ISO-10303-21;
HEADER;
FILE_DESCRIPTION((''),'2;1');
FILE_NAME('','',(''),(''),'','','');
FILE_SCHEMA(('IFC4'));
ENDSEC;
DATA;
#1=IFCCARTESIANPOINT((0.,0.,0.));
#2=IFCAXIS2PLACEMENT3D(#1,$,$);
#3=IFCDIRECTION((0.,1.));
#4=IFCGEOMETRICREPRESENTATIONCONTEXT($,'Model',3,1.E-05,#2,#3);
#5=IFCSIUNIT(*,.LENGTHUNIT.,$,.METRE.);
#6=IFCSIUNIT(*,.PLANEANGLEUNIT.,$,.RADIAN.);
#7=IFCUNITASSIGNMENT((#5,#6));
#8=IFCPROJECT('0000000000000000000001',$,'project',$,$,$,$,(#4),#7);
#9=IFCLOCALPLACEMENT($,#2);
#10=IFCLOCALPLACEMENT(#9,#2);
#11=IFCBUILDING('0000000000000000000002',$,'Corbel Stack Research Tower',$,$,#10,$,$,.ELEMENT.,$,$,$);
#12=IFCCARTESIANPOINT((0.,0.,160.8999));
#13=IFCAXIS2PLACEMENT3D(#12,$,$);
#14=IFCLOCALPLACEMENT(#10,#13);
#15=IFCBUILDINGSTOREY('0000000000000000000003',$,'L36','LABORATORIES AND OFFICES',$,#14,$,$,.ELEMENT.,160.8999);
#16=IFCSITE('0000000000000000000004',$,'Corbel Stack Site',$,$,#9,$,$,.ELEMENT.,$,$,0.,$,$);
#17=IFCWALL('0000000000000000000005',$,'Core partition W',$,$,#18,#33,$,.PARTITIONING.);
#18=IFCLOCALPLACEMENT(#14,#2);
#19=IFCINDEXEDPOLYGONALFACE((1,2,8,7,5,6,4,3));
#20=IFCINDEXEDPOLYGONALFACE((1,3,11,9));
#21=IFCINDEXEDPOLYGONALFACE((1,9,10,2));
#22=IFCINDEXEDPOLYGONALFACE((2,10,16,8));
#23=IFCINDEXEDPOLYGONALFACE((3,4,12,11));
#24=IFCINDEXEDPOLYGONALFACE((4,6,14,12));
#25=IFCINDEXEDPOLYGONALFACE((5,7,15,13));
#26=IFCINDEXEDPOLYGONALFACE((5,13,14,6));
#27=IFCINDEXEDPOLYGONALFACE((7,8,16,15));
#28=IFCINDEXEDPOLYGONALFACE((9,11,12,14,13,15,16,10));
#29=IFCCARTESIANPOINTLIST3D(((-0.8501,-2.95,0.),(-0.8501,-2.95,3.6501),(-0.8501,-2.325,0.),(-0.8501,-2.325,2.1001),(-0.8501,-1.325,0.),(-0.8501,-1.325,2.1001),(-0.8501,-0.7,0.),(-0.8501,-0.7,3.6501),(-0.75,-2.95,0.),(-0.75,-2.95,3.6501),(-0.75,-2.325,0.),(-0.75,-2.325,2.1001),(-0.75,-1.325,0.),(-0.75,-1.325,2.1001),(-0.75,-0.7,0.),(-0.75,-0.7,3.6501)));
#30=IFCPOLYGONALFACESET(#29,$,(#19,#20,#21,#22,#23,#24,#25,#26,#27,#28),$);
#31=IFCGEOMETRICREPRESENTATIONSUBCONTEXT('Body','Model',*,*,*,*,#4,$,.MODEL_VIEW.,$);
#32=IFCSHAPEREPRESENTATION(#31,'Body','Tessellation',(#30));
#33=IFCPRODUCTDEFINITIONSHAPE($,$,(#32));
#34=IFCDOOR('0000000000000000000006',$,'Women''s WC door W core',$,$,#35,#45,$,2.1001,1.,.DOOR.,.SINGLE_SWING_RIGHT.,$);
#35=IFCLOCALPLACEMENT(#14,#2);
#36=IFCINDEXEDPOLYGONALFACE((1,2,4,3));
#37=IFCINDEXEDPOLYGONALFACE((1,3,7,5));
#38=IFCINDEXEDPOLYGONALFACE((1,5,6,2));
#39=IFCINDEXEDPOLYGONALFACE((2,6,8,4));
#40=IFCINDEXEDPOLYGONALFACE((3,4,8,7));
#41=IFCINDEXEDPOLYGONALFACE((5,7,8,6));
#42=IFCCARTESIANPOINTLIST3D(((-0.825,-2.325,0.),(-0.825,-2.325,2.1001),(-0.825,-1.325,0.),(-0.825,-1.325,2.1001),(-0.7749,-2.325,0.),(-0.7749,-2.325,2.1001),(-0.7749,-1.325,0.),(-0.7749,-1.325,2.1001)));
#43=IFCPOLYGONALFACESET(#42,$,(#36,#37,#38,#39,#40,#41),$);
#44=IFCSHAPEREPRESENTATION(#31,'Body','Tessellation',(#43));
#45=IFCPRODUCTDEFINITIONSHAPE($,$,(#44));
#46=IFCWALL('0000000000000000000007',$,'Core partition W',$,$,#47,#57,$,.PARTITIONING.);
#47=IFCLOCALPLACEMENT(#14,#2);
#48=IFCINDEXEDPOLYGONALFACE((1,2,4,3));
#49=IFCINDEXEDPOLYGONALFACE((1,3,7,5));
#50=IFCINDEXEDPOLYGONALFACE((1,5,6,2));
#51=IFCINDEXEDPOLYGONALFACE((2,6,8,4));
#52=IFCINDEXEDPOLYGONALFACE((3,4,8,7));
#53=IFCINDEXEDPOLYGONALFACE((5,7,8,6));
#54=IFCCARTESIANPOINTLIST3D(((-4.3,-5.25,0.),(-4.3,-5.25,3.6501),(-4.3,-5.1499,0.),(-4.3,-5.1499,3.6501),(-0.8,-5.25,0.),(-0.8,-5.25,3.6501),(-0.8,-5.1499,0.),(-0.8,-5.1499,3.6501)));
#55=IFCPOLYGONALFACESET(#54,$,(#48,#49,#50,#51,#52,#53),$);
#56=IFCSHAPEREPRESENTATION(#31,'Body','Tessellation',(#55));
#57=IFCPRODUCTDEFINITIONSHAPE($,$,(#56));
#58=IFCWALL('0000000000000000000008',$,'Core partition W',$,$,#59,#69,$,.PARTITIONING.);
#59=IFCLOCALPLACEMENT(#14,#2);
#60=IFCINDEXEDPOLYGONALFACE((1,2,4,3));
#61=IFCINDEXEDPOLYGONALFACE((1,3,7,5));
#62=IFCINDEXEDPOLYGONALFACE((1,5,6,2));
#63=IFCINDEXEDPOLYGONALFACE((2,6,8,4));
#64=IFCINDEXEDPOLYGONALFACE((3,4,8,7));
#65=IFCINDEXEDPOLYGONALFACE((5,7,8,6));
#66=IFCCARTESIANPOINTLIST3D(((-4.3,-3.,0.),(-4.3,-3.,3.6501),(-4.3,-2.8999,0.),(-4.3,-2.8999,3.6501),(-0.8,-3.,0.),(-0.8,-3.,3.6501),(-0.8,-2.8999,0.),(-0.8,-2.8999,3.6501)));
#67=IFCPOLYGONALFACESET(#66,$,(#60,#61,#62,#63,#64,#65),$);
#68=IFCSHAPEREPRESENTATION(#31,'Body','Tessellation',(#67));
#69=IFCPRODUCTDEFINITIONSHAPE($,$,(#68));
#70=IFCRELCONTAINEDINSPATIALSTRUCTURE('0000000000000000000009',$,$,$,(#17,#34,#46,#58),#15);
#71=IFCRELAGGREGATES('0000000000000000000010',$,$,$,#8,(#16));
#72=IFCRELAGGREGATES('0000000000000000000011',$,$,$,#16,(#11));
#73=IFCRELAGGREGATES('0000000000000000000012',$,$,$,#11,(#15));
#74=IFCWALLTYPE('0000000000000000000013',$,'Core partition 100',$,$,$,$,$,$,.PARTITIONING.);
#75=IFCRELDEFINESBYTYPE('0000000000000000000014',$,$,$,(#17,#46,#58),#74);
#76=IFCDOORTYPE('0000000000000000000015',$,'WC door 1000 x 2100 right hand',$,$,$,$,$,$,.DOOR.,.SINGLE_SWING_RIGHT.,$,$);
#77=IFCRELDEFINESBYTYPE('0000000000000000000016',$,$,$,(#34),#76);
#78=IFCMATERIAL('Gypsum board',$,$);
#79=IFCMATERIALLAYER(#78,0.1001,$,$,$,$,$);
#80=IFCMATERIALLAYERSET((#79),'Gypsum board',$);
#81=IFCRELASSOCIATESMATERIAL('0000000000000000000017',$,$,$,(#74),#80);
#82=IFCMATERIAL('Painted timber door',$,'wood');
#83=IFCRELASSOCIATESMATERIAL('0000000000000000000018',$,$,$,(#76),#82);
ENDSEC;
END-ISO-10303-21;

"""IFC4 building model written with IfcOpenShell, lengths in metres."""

from ifc_helpers import new_model, si_unit, direction, frame, frame_2d, origin, place, context, subcontext, project, spatial, rectangle, extrude, material, layer, layer_set, type_object, element, fill, save


model = new_model("IFC4")

# Units and contexts
model_context = context("Model", 3, precision=1e-05, world=origin(), true_north=direction((0.0, 1.0)))
body_context = subcontext(model_context, "Body", "Model", "MODEL_VIEW")
ifc_project = project(units=[si_unit("LENGTHUNIT", "METRE"), si_unit("PLANEANGLEUNIT", "RADIAN")], contexts=[model_context])

# Site, building, storey
site_placement = place(None, origin())
site = spatial("IfcSite", under=ifc_project, at=site_placement, Name="Corbel Stack Site", CompositionType="ELEMENT", RefElevation=0.0)
building_placement = place(site_placement, origin())
building = spatial("IfcBuilding", under=site, at=building_placement, Name="Corbel Stack Research Tower", CompositionType="ELEMENT")
storey_placement = place(building_placement, frame((0.0, 0.0, 160.8999)))
storey = spatial("IfcBuildingStorey", under=building, at=storey_placement, Name="L36", Description="LABORATORIES AND OFFICES", CompositionType="ELEMENT", Elevation=160.8999)

# Wall, opening, door
ifc_material_1 = material(Name="Gypsum board")
ifc_layer_1 = layer(ifc_material_1, 0.1001)
ifc_layer_set_1 = layer_set([ifc_layer_1], Name="Gypsum board")
wall_type_1 = type_object("IfcWallType", Name="Core partition 100", PredefinedType="PARTITIONING", material=ifc_layer_set_1)
ifc_material_2 = material(Name="Painted timber door", Category="wood")
door_type_1 = type_object("IfcDoorType", Name="WC door 1000 x 2100 right hand", OperationType="SINGLE_SWING_RIGHT", PredefinedType="DOOR", material=ifc_material_2)
wall_1_placement = place(storey_placement, frame((-0.8, -2.95, 0.0), z_axis=(0.0, 0.0, 1.0), x_axis=(0.0, 1.0, 0.0)))
wall_1 = element("IfcWall", 1, at=wall_1_placement, inside=storey, type_object=wall_type_1, Name="Core partition W", PredefinedType="PARTITIONING", context=body_context, shape_type="SweptSolid", body=[
    extrude(rectangle(XDim=2.25, YDim=0.1001, at=frame_2d((1.125, 0.0))), origin(), (0.0, 0.0, 1.0), 3.6501),
])
opening_1_placement = place(wall_1_placement, frame((0.625, 0.0, 0.0)))
opening_1 = element("IfcOpeningElement", 2, at=opening_1_placement, cuts=wall_1, PredefinedType="OPENING", context=body_context, shape_type="SweptSolid", body=[
    extrude(rectangle(XDim=1.0, YDim=2.1001, at=frame_2d((0.5, 1.05))), frame((0.0, 0.0601, 0.0), z_axis=(0.0, -1.0, 0.0), x_axis=(1.0, 0.0, 0.0)), (0.0, 0.0, 1.0), 0.1201),
])
door_1_placement = place(opening_1_placement, origin())
door_1 = element("IfcDoor", 3, at=door_1_placement, inside=storey, type_object=door_type_1, Name="Women's WC door W core", OperationType="SINGLE_SWING_RIGHT", OverallHeight=2.1001, OverallWidth=1.0, PredefinedType="DOOR", context=body_context, shape_type="SweptSolid", body=[
    extrude(rectangle(XDim=1.0, YDim=2.1001, at=frame_2d((0.5, 1.05))), frame((0.0, 0.0249, 0.0), z_axis=(0.0, -1.0, 0.0), x_axis=(1.0, 0.0, 0.0)), (0.0, 0.0, 1.0), 0.05),
])
fill(opening_1, door_1)

# Walls
for number, where, z_axis, x_axis, name in (
    (4, (-4.3, -5.2, 0.0), (0.0, 0.0, 1.0), (1.0, 0.0, 0.0), "Core partition W"),
    (5, (-4.3, -2.95, 0.0), (0.0, 0.0, 1.0), (1.0, 0.0, 0.0), "Core partition W"),
):
    element("IfcWall", number, at=place(storey_placement, frame(where, z_axis=z_axis, x_axis=x_axis)), inside=storey, type_object=wall_type_1, Name=name, PredefinedType="PARTITIONING", context=body_context, shape_type="SweptSolid", body=[
        extrude(rectangle(XDim=3.5, YDim=0.1001, at=frame_2d((1.75, 0.0))), origin(), (0.0, 0.0, 1.0), 3.6501),
    ])

save(model, "model.ifc")
